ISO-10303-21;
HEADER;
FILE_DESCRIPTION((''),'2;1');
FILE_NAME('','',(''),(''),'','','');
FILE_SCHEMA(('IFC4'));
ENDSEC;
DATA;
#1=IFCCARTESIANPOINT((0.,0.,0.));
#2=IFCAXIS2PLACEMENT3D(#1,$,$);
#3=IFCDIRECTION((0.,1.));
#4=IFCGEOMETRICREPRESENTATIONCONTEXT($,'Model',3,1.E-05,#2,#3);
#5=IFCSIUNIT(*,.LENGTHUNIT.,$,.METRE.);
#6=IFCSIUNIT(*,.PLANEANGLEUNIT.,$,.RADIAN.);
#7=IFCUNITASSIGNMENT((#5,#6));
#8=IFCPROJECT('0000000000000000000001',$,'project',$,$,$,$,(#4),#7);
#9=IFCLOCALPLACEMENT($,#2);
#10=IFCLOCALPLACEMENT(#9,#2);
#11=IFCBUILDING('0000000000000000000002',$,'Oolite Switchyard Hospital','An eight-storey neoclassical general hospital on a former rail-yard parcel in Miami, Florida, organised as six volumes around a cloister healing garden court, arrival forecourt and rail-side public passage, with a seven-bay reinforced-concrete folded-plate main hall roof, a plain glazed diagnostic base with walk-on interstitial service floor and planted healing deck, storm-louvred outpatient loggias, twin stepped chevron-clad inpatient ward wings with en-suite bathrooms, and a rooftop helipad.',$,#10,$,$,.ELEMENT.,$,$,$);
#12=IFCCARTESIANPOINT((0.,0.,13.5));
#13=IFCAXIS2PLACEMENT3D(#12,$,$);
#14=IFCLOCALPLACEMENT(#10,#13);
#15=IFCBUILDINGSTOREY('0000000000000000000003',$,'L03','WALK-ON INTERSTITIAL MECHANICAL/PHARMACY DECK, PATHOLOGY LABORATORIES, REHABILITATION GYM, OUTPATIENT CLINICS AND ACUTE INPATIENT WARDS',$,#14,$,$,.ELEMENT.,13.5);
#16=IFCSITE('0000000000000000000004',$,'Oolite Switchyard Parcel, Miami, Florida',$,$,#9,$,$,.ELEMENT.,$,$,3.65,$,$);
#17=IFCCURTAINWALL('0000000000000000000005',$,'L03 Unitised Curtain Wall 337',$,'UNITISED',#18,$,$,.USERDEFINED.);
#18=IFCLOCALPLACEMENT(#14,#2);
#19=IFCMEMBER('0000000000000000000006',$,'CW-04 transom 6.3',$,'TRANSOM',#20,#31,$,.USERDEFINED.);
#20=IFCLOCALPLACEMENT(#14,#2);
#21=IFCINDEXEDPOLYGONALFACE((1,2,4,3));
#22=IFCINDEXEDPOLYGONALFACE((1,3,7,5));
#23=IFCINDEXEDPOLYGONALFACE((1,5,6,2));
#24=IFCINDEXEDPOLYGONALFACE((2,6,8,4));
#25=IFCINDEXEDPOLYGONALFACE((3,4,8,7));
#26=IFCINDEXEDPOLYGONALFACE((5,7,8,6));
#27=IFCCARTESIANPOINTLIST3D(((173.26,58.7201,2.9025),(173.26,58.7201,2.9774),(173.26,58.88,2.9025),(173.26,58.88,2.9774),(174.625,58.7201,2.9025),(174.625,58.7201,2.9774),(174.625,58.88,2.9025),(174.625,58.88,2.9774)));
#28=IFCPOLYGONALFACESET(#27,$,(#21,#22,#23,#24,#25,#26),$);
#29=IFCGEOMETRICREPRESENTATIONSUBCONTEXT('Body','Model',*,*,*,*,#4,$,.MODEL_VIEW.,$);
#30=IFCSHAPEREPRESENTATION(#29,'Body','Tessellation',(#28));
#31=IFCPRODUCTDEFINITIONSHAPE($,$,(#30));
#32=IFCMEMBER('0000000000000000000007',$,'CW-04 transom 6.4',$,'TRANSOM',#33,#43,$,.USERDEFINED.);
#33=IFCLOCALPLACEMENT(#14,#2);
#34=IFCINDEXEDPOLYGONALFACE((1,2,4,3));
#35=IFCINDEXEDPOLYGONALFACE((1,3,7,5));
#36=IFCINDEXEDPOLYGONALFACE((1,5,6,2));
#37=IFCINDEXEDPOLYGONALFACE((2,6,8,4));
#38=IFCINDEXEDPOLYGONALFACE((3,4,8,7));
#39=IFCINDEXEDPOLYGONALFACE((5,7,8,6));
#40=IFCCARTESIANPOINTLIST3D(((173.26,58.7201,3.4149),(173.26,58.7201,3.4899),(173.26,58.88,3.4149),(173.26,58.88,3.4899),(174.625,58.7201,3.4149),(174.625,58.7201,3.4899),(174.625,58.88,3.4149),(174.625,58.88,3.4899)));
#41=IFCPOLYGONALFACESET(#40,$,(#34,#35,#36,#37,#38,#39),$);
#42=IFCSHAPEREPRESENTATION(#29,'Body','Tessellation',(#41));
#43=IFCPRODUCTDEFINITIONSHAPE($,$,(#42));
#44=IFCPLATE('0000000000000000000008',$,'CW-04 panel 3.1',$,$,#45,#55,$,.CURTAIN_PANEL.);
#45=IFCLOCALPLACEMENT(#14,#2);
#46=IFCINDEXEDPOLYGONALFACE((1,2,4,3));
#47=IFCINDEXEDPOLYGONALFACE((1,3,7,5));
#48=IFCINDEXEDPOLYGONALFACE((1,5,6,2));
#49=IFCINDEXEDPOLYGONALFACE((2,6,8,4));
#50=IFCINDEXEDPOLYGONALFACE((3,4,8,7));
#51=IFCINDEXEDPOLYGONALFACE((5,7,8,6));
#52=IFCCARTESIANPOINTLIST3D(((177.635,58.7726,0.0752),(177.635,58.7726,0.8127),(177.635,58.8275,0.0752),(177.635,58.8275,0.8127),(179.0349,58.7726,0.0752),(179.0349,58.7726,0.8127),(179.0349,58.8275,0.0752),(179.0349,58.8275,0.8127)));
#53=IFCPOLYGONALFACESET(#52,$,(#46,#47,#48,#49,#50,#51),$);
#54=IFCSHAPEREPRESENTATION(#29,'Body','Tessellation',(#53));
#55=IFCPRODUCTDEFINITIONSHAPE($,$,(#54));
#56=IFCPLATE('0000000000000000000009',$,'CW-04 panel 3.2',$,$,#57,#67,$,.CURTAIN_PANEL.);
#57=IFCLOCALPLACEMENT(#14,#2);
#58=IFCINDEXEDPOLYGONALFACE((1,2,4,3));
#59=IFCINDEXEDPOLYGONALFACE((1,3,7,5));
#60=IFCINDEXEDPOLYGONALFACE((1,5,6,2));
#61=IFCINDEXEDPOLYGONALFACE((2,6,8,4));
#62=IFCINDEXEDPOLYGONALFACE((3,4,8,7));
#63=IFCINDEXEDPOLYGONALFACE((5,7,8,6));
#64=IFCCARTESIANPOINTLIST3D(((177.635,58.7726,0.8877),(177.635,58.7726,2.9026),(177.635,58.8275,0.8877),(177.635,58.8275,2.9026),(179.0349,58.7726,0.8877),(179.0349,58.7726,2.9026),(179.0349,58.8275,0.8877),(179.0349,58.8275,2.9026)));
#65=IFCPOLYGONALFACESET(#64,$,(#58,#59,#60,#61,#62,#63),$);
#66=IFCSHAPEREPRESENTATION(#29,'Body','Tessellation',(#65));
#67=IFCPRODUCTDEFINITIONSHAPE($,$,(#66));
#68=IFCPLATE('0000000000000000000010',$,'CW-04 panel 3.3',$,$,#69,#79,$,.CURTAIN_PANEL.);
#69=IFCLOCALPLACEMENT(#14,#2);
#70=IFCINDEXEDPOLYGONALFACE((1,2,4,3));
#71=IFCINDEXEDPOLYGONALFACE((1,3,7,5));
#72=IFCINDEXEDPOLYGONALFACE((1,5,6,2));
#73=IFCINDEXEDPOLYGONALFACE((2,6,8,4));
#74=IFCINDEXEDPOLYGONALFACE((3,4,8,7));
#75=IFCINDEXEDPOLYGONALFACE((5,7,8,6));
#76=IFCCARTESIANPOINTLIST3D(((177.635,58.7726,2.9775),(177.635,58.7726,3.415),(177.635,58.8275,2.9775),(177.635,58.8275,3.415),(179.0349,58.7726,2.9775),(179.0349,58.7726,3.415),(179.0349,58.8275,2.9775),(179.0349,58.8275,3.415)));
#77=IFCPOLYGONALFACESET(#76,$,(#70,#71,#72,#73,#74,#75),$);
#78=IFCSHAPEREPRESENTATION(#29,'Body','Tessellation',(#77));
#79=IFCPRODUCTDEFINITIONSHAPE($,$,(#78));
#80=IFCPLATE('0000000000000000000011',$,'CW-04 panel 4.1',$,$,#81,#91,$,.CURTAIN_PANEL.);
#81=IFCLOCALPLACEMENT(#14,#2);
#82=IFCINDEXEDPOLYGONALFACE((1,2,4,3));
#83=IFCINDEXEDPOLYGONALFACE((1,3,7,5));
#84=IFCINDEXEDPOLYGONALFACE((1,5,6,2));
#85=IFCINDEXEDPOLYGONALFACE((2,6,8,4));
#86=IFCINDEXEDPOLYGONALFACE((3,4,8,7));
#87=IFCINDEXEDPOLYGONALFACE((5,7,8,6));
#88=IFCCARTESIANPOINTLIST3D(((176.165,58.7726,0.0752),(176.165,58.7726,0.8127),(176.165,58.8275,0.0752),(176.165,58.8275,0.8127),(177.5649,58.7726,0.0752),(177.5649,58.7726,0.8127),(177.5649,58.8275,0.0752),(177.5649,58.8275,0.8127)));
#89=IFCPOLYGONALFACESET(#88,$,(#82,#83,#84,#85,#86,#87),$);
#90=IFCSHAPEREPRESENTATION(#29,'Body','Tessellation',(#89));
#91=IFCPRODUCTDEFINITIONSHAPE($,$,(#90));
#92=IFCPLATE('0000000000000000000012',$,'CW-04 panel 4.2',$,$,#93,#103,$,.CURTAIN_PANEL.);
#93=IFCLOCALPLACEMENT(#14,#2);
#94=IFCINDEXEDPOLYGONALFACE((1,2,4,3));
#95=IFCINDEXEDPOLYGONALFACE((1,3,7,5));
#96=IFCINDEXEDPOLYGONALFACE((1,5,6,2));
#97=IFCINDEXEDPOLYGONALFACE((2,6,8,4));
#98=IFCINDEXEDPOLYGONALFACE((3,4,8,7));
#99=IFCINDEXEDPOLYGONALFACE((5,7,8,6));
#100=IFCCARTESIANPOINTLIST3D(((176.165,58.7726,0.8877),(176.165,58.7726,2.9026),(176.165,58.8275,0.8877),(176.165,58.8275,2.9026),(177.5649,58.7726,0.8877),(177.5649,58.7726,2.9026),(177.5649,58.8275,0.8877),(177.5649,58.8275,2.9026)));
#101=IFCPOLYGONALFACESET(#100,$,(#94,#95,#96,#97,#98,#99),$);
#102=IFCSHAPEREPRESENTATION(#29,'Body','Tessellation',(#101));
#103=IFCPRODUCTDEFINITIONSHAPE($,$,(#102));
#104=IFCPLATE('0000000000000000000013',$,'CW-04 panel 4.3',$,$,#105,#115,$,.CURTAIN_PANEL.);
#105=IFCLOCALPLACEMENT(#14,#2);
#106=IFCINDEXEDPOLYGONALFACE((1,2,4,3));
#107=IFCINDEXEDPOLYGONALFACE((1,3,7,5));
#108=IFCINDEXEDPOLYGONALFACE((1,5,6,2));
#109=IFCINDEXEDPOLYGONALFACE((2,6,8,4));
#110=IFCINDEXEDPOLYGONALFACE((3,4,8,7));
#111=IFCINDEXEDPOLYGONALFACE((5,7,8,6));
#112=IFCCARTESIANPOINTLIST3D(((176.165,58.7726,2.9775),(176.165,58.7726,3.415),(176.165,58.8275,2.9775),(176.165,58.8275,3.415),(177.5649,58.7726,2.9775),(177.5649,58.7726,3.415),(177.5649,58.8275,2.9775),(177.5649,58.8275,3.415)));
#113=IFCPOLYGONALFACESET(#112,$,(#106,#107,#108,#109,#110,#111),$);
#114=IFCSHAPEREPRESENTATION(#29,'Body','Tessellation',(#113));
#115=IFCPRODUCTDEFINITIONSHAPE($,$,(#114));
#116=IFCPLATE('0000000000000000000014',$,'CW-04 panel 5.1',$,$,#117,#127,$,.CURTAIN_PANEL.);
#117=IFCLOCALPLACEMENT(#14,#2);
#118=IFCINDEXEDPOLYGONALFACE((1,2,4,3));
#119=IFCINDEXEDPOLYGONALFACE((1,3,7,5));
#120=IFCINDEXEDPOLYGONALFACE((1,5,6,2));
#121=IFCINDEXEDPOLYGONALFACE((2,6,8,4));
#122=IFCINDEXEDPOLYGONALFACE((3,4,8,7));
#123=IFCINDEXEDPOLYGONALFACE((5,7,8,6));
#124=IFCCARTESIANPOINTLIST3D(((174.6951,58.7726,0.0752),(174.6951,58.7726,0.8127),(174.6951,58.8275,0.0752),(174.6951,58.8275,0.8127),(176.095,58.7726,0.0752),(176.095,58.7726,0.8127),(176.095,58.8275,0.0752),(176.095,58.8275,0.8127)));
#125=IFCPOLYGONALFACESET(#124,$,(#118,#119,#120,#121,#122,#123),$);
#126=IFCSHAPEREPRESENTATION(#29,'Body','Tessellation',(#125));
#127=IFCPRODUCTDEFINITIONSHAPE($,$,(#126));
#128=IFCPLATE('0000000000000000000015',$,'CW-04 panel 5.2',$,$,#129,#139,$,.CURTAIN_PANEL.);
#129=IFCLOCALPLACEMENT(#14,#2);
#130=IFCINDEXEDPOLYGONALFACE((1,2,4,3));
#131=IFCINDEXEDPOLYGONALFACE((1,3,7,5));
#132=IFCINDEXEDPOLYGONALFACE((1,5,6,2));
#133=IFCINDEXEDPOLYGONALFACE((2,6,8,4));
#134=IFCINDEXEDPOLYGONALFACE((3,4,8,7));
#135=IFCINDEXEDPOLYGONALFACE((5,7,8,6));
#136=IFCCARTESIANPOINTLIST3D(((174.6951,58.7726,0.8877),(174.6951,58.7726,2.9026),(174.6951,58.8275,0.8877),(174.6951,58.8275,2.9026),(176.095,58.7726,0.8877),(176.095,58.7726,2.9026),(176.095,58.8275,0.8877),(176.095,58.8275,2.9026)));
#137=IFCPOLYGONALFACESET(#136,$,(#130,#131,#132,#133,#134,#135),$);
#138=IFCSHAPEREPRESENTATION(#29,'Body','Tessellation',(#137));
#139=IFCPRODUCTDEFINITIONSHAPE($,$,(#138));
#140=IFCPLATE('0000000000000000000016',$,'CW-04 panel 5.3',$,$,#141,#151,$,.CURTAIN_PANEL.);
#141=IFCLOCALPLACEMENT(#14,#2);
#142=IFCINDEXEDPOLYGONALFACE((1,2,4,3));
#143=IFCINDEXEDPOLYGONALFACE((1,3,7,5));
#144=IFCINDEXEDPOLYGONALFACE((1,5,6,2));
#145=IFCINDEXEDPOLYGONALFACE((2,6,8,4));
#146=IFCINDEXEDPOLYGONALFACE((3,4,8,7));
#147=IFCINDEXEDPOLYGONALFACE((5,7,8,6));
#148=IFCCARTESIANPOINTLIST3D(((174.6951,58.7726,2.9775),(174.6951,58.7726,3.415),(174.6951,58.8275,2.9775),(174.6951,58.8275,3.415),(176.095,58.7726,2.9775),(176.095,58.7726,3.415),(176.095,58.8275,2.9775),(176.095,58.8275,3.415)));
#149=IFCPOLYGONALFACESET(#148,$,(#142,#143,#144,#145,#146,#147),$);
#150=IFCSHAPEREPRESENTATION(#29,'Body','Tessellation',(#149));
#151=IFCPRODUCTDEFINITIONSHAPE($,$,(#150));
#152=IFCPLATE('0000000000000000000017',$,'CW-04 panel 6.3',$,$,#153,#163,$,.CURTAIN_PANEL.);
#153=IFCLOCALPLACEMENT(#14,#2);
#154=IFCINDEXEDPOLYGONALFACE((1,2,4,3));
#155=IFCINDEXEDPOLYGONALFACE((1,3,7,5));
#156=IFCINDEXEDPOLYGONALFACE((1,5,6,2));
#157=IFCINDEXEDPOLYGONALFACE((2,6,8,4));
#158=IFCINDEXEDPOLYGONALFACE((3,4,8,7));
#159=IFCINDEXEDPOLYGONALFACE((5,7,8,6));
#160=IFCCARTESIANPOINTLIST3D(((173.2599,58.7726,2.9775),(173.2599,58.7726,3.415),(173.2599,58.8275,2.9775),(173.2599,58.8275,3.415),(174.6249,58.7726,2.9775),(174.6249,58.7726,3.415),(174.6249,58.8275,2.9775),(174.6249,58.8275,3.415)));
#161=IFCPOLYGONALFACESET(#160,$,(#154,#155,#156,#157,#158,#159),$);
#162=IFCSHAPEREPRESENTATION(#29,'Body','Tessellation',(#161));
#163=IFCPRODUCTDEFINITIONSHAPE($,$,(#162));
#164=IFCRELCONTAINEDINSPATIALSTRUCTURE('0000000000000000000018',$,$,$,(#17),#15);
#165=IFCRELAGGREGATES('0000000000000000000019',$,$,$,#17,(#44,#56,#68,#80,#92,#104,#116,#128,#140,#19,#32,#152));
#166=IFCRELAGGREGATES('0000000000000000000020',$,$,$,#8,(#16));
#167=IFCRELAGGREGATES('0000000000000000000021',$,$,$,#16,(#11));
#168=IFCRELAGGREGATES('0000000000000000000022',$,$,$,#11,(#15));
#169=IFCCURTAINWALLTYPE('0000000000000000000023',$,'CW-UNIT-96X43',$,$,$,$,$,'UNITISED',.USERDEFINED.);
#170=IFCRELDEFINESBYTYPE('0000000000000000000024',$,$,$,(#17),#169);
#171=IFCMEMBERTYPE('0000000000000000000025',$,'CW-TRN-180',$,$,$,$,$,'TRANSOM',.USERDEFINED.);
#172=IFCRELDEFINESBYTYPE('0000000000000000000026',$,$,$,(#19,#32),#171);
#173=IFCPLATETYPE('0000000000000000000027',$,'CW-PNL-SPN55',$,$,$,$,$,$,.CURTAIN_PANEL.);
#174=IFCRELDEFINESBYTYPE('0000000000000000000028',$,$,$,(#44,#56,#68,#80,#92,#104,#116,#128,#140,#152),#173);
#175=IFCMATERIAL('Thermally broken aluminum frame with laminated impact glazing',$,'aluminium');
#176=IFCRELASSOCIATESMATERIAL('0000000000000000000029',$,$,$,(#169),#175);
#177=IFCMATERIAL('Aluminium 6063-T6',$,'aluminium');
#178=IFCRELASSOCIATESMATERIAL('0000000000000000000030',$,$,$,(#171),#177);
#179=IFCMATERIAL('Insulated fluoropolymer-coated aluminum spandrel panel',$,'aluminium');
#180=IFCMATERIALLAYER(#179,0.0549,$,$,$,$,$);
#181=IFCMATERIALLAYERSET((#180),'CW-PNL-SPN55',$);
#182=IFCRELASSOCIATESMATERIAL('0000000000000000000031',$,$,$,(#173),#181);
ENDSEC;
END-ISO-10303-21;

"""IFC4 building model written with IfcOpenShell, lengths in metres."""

from ifc_helpers import new_model, si_unit, direction, frame, origin, origin_2d, place, context, subcontext, project, spatial, rectangle, extrude, material, layer, layer_set, material_profile, profile_set, type_object, element, aggregate, save


model = new_model("IFC4")

# Units and contexts
model_context = context("Model", 3, precision=1e-05, world=origin(), true_north=direction((0.0, 1.0)))
body_context = subcontext(model_context, "Body", "Model", "MODEL_VIEW")
ifc_project = project(units=[si_unit("LENGTHUNIT", "METRE"), si_unit("PLANEANGLEUNIT", "RADIAN")], contexts=[model_context])

# Site, building, storey
site_placement = place(None, origin())
site = spatial("IfcSite", under=ifc_project, at=site_placement, Name="Oolite Switchyard Parcel, Miami, Florida", CompositionType="ELEMENT", RefElevation=3.65)
building_placement = place(site_placement, origin())
building = spatial("IfcBuilding", under=site, at=building_placement, Name="Oolite Switchyard Hospital", Description="An eight-storey neoclassical general hospital on a former rail-yard parcel in Miami, Florida, organised as six volumes around a cloister healing garden court, arrival forecourt and rail-side public passage, with a seven-bay reinforced-concrete folded-plate main hall roof, a plain glazed diagnostic base with walk-on interstitial service floor and planted healing deck, storm-louvred outpatient loggias, twin stepped chevron-clad inpatient ward wings with en-suite bathrooms, and a rooftop helipad.", CompositionType="ELEMENT")
storey_placement = place(building_placement, frame((0.0, 0.0, 13.5)))
storey = spatial("IfcBuildingStorey", under=building, at=storey_placement, Name="L03", Description="WALK-ON INTERSTITIAL MECHANICAL/PHARMACY DECK, PATHOLOGY LABORATORIES, REHABILITATION GYM, OUTPATIENT CLINICS AND ACUTE INPATIENT WARDS", CompositionType="ELEMENT", Elevation=13.5)

# Curtain wall, members, plates
ifc_material_1 = material(Name="Thermally broken aluminum frame with laminated impact glazing", Category="aluminium")
curtain_wall_type = type_object("IfcCurtainWallType", Name="CW-UNIT-96X43", ElementType="UNITISED", PredefinedType="USERDEFINED", material=ifc_material_1)
curtain_wall_placement = place(storey_placement, origin())
curtain_wall = element("IfcCurtainWall", 1, at=curtain_wall_placement, inside=storey, type_object=curtain_wall_type, Name="L03 Unitised Curtain Wall 337", ObjectType="UNITISED", PredefinedType="USERDEFINED")
ifc_material_2 = material(Name="Aluminium 6063-T6", Category="aluminium")
ifc_material_profile_1 = material_profile(ifc_material_2, rectangle(XDim=0.1599, YDim=0.075, at=origin_2d()), Name="CWT75X160")
ifc_profile_set_1 = profile_set([ifc_material_profile_1], Name="Aluminium 6063-T6")
member_type_1 = type_object("IfcMemberType", Name="CW-TRN-180", ElementType="TRANSOM", PredefinedType="USERDEFINED", material=ifc_profile_set_1)
member_1_placement = place(storey_placement, frame((174.625, 58.8, 2.9399), z_axis=(-1.0, 0.0, 0.0), x_axis=(0.0, -1.0, 0.0)))
member_1 = element("IfcMember", 2, at=member_1_placement, type_object=member_type_1, Name="CW-04 transom 6.3", ObjectType="TRANSOM", PredefinedType="USERDEFINED", context=body_context, shape_type="SweptSolid", body=[
    extrude(rectangle(XDim=0.1599, YDim=0.075, at=origin_2d()), origin(), (0.0, 0.0, 1.0), 1.365),
])
member_2_placement = place(storey_placement, frame((174.625, 58.8, 3.4524), z_axis=(-1.0, 0.0, 0.0), x_axis=(0.0, -1.0, 0.0)))
member_2 = element("IfcMember", 3, at=member_2_placement, type_object=member_type_1, Name="CW-04 transom 6.4", ObjectType="TRANSOM", PredefinedType="USERDEFINED", context=body_context, shape_type="SweptSolid", body=[
    extrude(rectangle(XDim=0.1599, YDim=0.075, at=origin_2d()), origin(), (0.0, 0.0, 1.0), 1.365),
])
ifc_material_3 = material(Name="Insulated fluoropolymer-coated aluminum spandrel panel", Category="aluminium")
ifc_layer = layer(ifc_material_3, 0.0549)
ifc_layer_set = layer_set([ifc_layer], Name="CW-PNL-SPN55")
plate_type = type_object("IfcPlateType", Name="CW-PNL-SPN55", PredefinedType="CURTAIN_PANEL", material=ifc_layer_set)
plate_1_placement = place(storey_placement, frame((178.335, 58.8, 0.0752), z_axis=(0.0, 0.0, 1.0), x_axis=(-1.0, 0.0, 0.0)))
plate_1 = element("IfcPlate", 4, at=plate_1_placement, type_object=plate_type, Name="CW-04 panel 3.1", PredefinedType="CURTAIN_PANEL", context=body_context, shape_type="SweptSolid", body=[
    extrude(rectangle(XDim=1.3999, YDim=0.0549, at=origin_2d()), origin(), (0.0, 0.0, 1.0), 0.7375),
])
plate_2_placement = place(storey_placement, frame((178.335, 58.8, 0.8877), z_axis=(0.0, 0.0, 1.0), x_axis=(-1.0, 0.0, 0.0)))
plate_2 = element("IfcPlate", 5, at=plate_2_placement, type_object=plate_type, Name="CW-04 panel 3.2", PredefinedType="CURTAIN_PANEL", context=body_context, shape_type="SweptSolid", body=[
    extrude(rectangle(XDim=1.3999, YDim=0.0549, at=origin_2d()), origin(), (0.0, 0.0, 1.0), 2.0149),
])
plate_3_placement = place(storey_placement, frame((178.335, 58.8, 2.9775), z_axis=(0.0, 0.0, 1.0), x_axis=(-1.0, 0.0, 0.0)))
plate_3 = element("IfcPlate", 6, at=plate_3_placement, type_object=plate_type, Name="CW-04 panel 3.3", PredefinedType="CURTAIN_PANEL", context=body_context, shape_type="SweptSolid", body=[
    extrude(rectangle(XDim=1.3999, YDim=0.0549, at=origin_2d()), origin(), (0.0, 0.0, 1.0), 0.4375),
])
plate_4_placement = place(storey_placement, frame((176.865, 58.8, 0.0752), z_axis=(0.0, 0.0, 1.0), x_axis=(-1.0, 0.0, 0.0)))
plate_4 = element("IfcPlate", 7, at=plate_4_placement, type_object=plate_type, Name="CW-04 panel 4.1", PredefinedType="CURTAIN_PANEL", context=body_context, shape_type="SweptSolid", body=[
    extrude(rectangle(XDim=1.3999, YDim=0.0549, at=origin_2d()), origin(), (0.0, 0.0, 1.0), 0.7375),
])
plate_5_placement = place(storey_placement, frame((176.865, 58.8, 0.8877), z_axis=(0.0, 0.0, 1.0), x_axis=(-1.0, 0.0, 0.0)))
plate_5 = element("IfcPlate", 8, at=plate_5_placement, type_object=plate_type, Name="CW-04 panel 4.2", PredefinedType="CURTAIN_PANEL", context=body_context, shape_type="SweptSolid", body=[
    extrude(rectangle(XDim=1.3999, YDim=0.0549, at=origin_2d()), origin(), (0.0, 0.0, 1.0), 2.0149),
])
plate_6_placement = place(storey_placement, frame((176.865, 58.8, 2.9775), z_axis=(0.0, 0.0, 1.0), x_axis=(-1.0, 0.0, 0.0)))
plate_6 = element("IfcPlate", 9, at=plate_6_placement, type_object=plate_type, Name="CW-04 panel 4.3", PredefinedType="CURTAIN_PANEL", context=body_context, shape_type="SweptSolid", body=[
    extrude(rectangle(XDim=1.3999, YDim=0.0549, at=origin_2d()), origin(), (0.0, 0.0, 1.0), 0.4375),
])
plate_7_placement = place(storey_placement, frame((175.395, 58.8, 0.0752), z_axis=(0.0, 0.0, 1.0), x_axis=(-1.0, 0.0, 0.0)))
plate_7 = element("IfcPlate", 10, at=plate_7_placement, type_object=plate_type, Name="CW-04 panel 5.1", PredefinedType="CURTAIN_PANEL", context=body_context, shape_type="SweptSolid", body=[
    extrude(rectangle(XDim=1.3999, YDim=0.0549, at=origin_2d()), origin(), (0.0, 0.0, 1.0), 0.7375),
])
plate_8_placement = place(storey_placement, frame((175.395, 58.8, 0.8877), z_axis=(0.0, 0.0, 1.0), x_axis=(-1.0, 0.0, 0.0)))
plate_8 = element("IfcPlate", 11, at=plate_8_placement, type_object=plate_type, Name="CW-04 panel 5.2", PredefinedType="CURTAIN_PANEL", context=body_context, shape_type="SweptSolid", body=[
    extrude(rectangle(XDim=1.3999, YDim=0.0549, at=origin_2d()), origin(), (0.0, 0.0, 1.0), 2.0149),
])
plate_9_placement = place(storey_placement, frame((175.395, 58.8, 2.9775), z_axis=(0.0, 0.0, 1.0), x_axis=(-1.0, 0.0, 0.0)))
plate_9 = element("IfcPlate", 12, at=plate_9_placement, type_object=plate_type, Name="CW-04 panel 5.3", PredefinedType="CURTAIN_PANEL", context=body_context, shape_type="SweptSolid", body=[
    extrude(rectangle(XDim=1.3999, YDim=0.0549, at=origin_2d()), origin(), (0.0, 0.0, 1.0), 0.4375),
])
plate_10_placement = place(storey_placement, frame((173.9424, 58.8, 2.9775), z_axis=(0.0, 0.0, 1.0), x_axis=(-1.0, 0.0, 0.0)))
plate_10 = element("IfcPlate", 13, at=plate_10_placement, type_object=plate_type, Name="CW-04 panel 6.3", PredefinedType="CURTAIN_PANEL", context=body_context, shape_type="SweptSolid", body=[
    extrude(rectangle(XDim=1.365, YDim=0.0549, at=origin_2d()), origin(), (0.0, 0.0, 1.0), 0.4375),
])
aggregate(curtain_wall, [plate_1, plate_2, plate_3, plate_4, plate_5, plate_6, plate_7, plate_8, plate_9, member_1, member_2, plate_10])

save(model, "model.ifc")
